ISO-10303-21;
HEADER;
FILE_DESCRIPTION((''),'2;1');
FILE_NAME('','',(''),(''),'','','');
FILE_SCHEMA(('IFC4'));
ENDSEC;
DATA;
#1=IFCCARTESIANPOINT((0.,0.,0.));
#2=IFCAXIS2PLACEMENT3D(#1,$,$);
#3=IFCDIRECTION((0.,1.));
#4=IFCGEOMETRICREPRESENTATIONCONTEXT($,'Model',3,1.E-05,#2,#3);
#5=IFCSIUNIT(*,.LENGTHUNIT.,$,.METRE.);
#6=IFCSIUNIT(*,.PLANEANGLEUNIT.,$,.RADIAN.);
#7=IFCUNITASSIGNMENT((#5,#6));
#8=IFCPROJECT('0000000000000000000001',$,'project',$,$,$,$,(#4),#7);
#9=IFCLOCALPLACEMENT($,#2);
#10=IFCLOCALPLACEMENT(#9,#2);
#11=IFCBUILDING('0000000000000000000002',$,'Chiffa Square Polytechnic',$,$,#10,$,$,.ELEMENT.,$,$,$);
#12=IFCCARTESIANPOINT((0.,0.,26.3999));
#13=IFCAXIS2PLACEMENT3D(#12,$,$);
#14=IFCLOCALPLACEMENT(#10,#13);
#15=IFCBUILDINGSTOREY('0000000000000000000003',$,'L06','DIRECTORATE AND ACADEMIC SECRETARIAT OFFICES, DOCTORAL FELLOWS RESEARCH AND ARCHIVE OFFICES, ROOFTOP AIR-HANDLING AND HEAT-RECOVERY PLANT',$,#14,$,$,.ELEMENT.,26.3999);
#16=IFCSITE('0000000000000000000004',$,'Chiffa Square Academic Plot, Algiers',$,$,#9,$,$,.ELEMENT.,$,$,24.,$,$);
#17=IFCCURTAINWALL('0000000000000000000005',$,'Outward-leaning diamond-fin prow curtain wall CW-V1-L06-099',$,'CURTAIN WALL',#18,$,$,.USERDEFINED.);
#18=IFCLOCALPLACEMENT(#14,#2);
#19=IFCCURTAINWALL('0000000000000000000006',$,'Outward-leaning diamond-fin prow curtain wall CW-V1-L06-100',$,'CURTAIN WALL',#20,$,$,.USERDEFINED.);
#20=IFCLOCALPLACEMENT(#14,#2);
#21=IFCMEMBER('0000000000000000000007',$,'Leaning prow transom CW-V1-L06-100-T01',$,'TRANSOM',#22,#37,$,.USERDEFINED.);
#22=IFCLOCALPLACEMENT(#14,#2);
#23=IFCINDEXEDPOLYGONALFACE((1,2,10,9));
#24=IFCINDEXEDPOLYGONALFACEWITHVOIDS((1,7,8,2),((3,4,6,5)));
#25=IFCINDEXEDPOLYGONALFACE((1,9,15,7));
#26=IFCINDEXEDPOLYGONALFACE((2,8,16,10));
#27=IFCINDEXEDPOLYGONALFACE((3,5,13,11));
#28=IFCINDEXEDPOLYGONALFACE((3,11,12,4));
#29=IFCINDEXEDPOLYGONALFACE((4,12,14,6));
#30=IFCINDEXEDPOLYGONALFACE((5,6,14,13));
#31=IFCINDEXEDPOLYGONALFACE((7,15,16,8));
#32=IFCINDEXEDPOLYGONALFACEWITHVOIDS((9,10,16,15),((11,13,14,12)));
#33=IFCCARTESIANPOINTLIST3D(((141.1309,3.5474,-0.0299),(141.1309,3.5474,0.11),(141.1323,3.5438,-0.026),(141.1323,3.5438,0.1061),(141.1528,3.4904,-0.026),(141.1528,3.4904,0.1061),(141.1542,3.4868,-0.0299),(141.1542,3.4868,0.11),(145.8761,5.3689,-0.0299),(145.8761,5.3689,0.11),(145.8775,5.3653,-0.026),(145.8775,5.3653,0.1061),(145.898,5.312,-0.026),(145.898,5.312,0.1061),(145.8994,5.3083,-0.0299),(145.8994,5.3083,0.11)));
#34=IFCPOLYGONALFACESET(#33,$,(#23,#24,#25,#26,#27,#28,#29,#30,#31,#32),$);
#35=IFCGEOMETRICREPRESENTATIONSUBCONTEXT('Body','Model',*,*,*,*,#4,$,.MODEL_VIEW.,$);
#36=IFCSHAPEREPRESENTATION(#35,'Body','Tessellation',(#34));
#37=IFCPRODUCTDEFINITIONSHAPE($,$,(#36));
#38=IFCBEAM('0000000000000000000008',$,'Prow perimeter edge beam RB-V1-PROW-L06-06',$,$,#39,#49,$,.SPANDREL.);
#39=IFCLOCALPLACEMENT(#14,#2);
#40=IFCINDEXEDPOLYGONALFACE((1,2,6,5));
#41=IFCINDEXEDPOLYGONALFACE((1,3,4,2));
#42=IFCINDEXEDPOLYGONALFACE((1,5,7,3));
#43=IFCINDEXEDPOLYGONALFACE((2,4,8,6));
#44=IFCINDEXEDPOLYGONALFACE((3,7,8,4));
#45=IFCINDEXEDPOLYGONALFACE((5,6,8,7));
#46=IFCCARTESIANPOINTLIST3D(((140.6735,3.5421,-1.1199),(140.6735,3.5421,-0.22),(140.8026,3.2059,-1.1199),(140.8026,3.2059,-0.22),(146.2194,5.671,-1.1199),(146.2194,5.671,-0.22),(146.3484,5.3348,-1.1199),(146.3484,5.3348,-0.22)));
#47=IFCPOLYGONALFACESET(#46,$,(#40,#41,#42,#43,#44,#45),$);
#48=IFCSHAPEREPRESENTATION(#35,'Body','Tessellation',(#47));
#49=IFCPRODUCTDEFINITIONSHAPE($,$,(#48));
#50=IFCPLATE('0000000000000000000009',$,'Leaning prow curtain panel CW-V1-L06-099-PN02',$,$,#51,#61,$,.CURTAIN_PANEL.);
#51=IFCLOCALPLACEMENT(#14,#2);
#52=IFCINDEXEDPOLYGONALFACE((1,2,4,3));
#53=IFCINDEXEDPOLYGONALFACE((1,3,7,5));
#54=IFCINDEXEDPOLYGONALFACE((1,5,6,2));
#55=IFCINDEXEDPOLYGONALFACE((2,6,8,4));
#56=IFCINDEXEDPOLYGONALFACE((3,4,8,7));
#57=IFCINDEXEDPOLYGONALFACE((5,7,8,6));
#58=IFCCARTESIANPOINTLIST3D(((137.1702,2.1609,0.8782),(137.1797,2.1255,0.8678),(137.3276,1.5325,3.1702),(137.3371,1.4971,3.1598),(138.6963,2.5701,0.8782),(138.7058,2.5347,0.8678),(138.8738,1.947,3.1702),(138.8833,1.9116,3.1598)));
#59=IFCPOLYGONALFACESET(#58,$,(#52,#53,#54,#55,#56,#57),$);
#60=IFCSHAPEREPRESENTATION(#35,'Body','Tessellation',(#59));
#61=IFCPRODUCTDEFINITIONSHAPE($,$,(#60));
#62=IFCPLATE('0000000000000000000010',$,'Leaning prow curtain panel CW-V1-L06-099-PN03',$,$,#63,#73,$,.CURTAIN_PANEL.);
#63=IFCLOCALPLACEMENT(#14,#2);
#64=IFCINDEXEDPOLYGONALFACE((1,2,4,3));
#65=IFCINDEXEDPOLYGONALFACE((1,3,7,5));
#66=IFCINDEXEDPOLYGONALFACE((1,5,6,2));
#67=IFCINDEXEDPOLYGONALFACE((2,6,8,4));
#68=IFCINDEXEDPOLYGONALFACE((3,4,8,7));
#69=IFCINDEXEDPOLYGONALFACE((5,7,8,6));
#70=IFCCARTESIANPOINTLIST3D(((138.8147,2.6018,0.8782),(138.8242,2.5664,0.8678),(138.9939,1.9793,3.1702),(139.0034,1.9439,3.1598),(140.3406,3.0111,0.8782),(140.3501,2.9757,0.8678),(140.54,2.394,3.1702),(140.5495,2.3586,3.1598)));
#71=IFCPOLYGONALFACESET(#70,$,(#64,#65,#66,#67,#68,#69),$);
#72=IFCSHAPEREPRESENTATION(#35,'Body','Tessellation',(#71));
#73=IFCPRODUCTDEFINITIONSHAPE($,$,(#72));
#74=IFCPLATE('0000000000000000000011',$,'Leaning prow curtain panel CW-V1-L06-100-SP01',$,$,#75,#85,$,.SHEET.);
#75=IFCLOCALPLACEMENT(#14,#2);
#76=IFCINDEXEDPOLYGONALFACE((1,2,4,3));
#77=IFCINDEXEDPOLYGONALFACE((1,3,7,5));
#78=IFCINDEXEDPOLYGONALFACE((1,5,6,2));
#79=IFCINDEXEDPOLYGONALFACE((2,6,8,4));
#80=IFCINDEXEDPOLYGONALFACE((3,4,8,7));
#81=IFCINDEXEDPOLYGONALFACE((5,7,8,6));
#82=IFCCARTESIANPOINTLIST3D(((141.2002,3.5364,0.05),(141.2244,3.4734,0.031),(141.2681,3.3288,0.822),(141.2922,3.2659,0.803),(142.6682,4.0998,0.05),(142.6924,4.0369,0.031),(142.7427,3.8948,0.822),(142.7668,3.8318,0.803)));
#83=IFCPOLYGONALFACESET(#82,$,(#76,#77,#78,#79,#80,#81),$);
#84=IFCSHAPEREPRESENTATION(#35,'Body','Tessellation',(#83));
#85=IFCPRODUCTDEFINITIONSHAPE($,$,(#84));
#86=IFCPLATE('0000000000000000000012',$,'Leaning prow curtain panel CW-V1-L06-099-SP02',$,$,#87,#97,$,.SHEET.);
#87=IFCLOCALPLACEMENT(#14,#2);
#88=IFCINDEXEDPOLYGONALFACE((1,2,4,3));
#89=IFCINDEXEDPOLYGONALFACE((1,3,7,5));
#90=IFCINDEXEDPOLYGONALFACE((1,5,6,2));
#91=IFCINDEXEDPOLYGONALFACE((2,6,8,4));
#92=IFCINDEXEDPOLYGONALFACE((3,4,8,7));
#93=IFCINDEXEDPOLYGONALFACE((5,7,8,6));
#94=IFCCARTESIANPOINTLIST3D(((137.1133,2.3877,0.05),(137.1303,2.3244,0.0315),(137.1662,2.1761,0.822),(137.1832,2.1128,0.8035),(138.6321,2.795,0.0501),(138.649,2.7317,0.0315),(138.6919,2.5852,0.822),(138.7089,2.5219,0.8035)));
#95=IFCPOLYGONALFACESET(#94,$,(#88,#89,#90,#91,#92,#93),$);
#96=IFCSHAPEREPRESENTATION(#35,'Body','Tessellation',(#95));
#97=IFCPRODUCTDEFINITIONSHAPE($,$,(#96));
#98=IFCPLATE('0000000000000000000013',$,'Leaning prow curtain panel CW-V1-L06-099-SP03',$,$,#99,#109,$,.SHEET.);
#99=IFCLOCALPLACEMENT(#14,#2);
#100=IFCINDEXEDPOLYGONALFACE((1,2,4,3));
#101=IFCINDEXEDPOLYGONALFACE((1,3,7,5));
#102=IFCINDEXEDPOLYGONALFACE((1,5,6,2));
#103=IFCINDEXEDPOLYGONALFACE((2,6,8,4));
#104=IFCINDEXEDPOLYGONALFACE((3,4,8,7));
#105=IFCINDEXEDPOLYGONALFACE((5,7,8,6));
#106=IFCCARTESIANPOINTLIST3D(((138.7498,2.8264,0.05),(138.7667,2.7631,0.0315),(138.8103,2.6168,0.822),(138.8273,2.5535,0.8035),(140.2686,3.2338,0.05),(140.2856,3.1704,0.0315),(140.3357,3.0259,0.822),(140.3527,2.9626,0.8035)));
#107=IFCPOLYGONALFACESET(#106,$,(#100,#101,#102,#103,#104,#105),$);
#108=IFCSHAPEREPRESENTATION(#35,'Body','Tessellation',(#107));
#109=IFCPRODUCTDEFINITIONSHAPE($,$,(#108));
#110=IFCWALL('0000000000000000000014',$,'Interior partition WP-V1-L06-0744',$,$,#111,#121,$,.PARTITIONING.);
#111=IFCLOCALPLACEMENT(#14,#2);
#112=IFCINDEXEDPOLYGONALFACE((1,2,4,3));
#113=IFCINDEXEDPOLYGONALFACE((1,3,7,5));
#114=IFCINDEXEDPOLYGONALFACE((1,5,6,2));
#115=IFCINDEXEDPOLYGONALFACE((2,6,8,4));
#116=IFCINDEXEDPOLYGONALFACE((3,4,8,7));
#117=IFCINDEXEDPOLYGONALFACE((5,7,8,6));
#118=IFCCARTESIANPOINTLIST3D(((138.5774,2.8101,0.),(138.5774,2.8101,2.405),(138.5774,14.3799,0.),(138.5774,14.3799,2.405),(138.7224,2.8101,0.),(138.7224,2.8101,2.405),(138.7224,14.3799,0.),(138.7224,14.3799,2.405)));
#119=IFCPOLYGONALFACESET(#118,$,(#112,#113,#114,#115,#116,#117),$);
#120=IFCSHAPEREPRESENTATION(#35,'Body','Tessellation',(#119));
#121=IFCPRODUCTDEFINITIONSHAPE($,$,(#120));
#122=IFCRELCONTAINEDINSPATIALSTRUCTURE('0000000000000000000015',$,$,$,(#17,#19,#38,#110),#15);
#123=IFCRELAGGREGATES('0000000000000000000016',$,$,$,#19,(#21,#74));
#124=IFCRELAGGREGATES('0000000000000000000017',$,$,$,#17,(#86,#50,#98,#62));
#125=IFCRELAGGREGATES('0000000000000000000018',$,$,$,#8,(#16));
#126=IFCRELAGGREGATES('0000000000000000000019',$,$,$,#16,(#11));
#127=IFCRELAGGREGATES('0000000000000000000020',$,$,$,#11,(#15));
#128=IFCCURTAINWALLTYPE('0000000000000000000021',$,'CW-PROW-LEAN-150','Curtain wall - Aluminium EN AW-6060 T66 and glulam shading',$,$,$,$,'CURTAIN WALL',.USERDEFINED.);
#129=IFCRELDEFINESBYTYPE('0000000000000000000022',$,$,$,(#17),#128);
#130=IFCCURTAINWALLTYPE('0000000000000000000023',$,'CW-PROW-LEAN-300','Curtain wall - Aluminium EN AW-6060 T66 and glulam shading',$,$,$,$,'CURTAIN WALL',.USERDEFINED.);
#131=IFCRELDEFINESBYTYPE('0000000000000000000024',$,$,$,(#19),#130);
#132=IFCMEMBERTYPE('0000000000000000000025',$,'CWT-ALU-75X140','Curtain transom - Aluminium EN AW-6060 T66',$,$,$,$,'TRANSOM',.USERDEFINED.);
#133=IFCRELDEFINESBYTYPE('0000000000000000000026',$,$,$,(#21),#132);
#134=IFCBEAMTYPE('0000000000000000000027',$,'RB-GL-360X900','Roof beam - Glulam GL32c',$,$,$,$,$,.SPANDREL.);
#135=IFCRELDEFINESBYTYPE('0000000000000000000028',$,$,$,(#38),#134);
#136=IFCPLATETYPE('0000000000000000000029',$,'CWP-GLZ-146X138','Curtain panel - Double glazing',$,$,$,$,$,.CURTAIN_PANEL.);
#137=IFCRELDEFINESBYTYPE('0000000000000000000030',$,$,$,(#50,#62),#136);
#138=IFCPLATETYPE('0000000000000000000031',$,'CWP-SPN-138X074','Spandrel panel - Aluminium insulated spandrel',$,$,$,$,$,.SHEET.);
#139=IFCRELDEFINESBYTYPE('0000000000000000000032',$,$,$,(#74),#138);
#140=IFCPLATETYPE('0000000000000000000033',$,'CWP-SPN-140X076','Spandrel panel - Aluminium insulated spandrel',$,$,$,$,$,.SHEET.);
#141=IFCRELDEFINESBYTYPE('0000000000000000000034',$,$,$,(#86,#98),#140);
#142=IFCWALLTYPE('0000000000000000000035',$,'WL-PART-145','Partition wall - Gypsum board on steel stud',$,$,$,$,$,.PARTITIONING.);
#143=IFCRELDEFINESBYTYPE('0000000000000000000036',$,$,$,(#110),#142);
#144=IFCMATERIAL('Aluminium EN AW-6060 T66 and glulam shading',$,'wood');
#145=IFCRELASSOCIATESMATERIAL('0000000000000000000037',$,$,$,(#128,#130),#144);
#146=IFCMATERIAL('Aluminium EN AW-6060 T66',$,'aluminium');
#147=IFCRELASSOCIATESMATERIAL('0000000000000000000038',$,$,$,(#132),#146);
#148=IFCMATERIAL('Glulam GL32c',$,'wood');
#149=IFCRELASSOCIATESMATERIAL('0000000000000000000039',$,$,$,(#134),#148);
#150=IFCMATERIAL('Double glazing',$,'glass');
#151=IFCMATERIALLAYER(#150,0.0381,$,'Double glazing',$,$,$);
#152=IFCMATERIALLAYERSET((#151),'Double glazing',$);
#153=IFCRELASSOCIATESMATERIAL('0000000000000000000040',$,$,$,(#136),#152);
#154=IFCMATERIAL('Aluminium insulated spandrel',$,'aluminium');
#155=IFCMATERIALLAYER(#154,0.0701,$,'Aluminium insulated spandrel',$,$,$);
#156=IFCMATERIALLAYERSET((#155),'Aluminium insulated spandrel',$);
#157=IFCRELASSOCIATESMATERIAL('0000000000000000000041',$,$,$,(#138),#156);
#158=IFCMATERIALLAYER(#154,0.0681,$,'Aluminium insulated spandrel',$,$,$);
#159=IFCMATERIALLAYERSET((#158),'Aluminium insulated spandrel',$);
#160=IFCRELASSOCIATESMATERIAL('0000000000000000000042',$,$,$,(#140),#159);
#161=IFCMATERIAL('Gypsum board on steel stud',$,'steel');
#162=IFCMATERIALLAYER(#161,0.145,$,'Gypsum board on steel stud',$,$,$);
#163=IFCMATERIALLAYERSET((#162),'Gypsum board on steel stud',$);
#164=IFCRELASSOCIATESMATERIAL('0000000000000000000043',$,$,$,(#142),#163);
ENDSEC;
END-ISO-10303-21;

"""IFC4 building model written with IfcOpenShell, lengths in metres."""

from ifc_helpers import new_model, si_unit, direction, frame, frame_2d, origin, origin_2d, place, context, subcontext, project, spatial, polyline, rectangle, hollow_rectangle, outline, extrude, material, layer, layer_set, material_profile, profile_set, type_object, element, aggregate, save


model = new_model("IFC4")

# Units and contexts
model_context = context("Model", 3, precision=1e-05, world=origin(), true_north=direction((0.0, 1.0)))
body_context = subcontext(model_context, "Body", "Model", "MODEL_VIEW")
ifc_project = project(units=[si_unit("LENGTHUNIT", "METRE"), si_unit("PLANEANGLEUNIT", "RADIAN")], contexts=[model_context])

# Site, building, storey
site_placement = place(None, origin())
site = spatial("IfcSite", under=ifc_project, at=site_placement, Name="Chiffa Square Academic Plot, Algiers", CompositionType="ELEMENT", RefElevation=24.0)
building_placement = place(site_placement, origin())
building = spatial("IfcBuilding", under=site, at=building_placement, Name="Chiffa Square Polytechnic", CompositionType="ELEMENT")
storey_placement = place(building_placement, frame((0.0, 0.0, 26.3999)))
storey = spatial("IfcBuildingStorey", under=building, at=storey_placement, Name="L06", Description="DIRECTORATE AND ACADEMIC SECRETARIAT OFFICES, DOCTORAL FELLOWS RESEARCH AND ARCHIVE OFFICES, ROOFTOP AIR-HANDLING AND HEAT-RECOVERY PLANT", CompositionType="ELEMENT", Elevation=26.3999)

# Shared definitions
ifc_material_1 = material(Name="Glulam GL32c", Category="wood")

# Curtain wall
ifc_material_2 = material(Name="Aluminium EN AW-6060 T66 and glulam shading", Category="wood")
curtain_wall_type_1 = type_object("IfcCurtainWallType", Name="CW-PROW-LEAN-150", Description="Curtain wall - Aluminium EN AW-6060 T66 and glulam shading", ElementType="CURTAIN WALL", PredefinedType="USERDEFINED", material=ifc_material_2)
curtain_wall_1_placement = place(storey_placement, origin())
curtain_wall_1 = element("IfcCurtainWall", 1, at=curtain_wall_1_placement, inside=storey, type_object=curtain_wall_type_1, Name="Outward-leaning diamond-fin prow curtain wall CW-V1-L06-099", ObjectType="CURTAIN WALL", PredefinedType="USERDEFINED")
ifc_material_3 = material(Name="Aluminium EN AW-6060 T66", Category="aluminium")

# Curtain wall
curtain_wall_type_2 = type_object("IfcCurtainWallType", Name="CW-PROW-LEAN-300", Description="Curtain wall - Aluminium EN AW-6060 T66 and glulam shading", ElementType="CURTAIN WALL", PredefinedType="USERDEFINED", material=ifc_material_2)
curtain_wall_2_placement = place(storey_placement, origin())
curtain_wall_2 = element("IfcCurtainWall", 2, at=curtain_wall_2_placement, inside=storey, type_object=curtain_wall_type_2, Name="Outward-leaning diamond-fin prow curtain wall CW-V1-L06-100", ObjectType="CURTAIN WALL", PredefinedType="USERDEFINED")

# Member
ifc_material_profile_1 = material_profile(ifc_material_3, hollow_rectangle(XDim=0.0649, YDim=0.1399, WallThickness=0.0039, at=origin_2d()), Name="ALU 65x140x4")
ifc_profile_set_1 = profile_set([ifc_material_profile_1], Name="Aluminium EN AW-6060 T66")
member_type_1 = type_object("IfcMemberType", Name="CWT-ALU-75X140", Description="Curtain transom - Aluminium EN AW-6060 T66", ElementType="TRANSOM", PredefinedType="USERDEFINED", material=ifc_profile_set_1)
member_1_placement = place(storey_placement, frame((141.1426, 3.5171, 0.04), z_axis=(0.933577, 0.358377, 0.0), x_axis=(-0.358377, 0.933577, 0.0)))
member_1 = element("IfcMember", 3, at=member_1_placement, type_object=member_type_1, Name="Leaning prow transom CW-V1-L06-100-T01", ObjectType="TRANSOM", PredefinedType="USERDEFINED", context=body_context, shape_type="SweptSolid", body=[
    extrude(hollow_rectangle(XDim=0.0649, YDim=0.1399, WallThickness=0.0039, at=origin_2d()), origin(), (0.0, 0.0, 1.0), 5.0828),
])

# Beam
ifc_material_profile_2 = material_profile(ifc_material_1, rectangle(XDim=0.3601, YDim=0.8999, at=origin_2d()), Name="GL32c 360x900")
ifc_profile_set_2 = profile_set([ifc_material_profile_2], Name="Glulam GL32c")
beam_type = type_object("IfcBeamType", Name="RB-GL-360X900", Description="Roof beam - Glulam GL32c", PredefinedType="SPANDREL", material=ifc_profile_set_2)
beam_placement = place(storey_placement, frame((140.738, 3.374, -0.6699), z_axis=(0.933578, 0.358373, 0.0), x_axis=(-0.358373, 0.933578, 0.0)))
element("IfcBeam", 4, at=beam_placement, inside=storey, type_object=beam_type, Name="Prow perimeter edge beam RB-V1-PROW-L06-06", PredefinedType="SPANDREL", context=body_context, shape_type="SweptSolid", body=[
    extrude(rectangle(XDim=0.3601, YDim=0.8999, at=origin_2d()), origin(), (0.0, 0.0, 1.0), 5.9404),
])

# Plates
ifc_material_4 = material(Name="Double glazing", Category="glass")
ifc_layer_1 = layer(ifc_material_4, 0.0381, Name="Double glazing")
ifc_layer_set_1 = layer_set([ifc_layer_1], Name="Double glazing")
plate_type_1 = type_object("IfcPlateType", Name="CWP-GLZ-146X138", Description="Curtain panel - Double glazing", PredefinedType="CURTAIN_PANEL", material=ifc_layer_set_1)
plate_1_placement = place(storey_placement, frame((137.1702, 2.1609, 0.8782), z_axis=(-0.24921, 0.929478, 0.271965), x_axis=(0.965885, 0.258971, 0.0)))
plate_1 = element("IfcPlate", 5, at=plate_1_placement, type_object=plate_type_1, Name="Leaning prow curtain panel CW-V1-L06-099-PN02", PredefinedType="CURTAIN_PANEL", context=body_context, shape_type="SweptSolid", body=[
    extrude(outline(polyline([(0.0, 0.0), (1.58, 0.0), (1.5901, -2.3818), (-0.0106, -2.3818), (0.0, 0.0)])), origin(), (0.0, 0.0, -1.0), 0.0381),
])
plate_2_placement = place(storey_placement, frame((138.8147, 2.6018, 0.8782), z_axis=(-0.249301, 0.929467, 0.27192), x_axis=(0.965862, 0.259058, 0.000014)))
plate_2 = element("IfcPlate", 6, at=plate_2_placement, type_object=plate_type_1, Name="Leaning prow curtain panel CW-V1-L06-099-PN03", PredefinedType="CURTAIN_PANEL", context=body_context, shape_type="SweptSolid", body=[
    extrude(outline(polyline([(0.0, 0.0), (1.5798, 0.0), (1.6127, -2.3817), (0.0118, -2.3818), (0.0, 0.0)])), origin(), (0.0, 0.0, -1.0), 0.0381),
])
ifc_material_5 = material(Name="Aluminium insulated spandrel", Category="aluminium")
ifc_layer_2 = layer(ifc_material_5, 0.0701, Name="Aluminium insulated spandrel")
ifc_layer_set_2 = layer_set([ifc_layer_2], Name="Aluminium insulated spandrel")
plate_type_2 = type_object("IfcPlateType", Name="CWP-SPN-138X074", Description="Spandrel panel - Aluminium insulated spandrel", PredefinedType="SHEET", material=ifc_layer_set_2)
plate_3_placement = place(storey_placement, frame((141.2002, 3.5364, 0.05), z_axis=(-0.344822, 0.898431, 0.271882), x_axis=(0.933598, 0.358322, -0.000007)))
plate_3 = element("IfcPlate", 7, at=plate_3_placement, type_object=plate_type_2, Name="Leaning prow curtain panel CW-V1-L06-100-SP01", PredefinedType="SHEET", context=body_context, shape_type="SweptSolid", body=[
    extrude(outline(polyline([(0.0, 0.0), (1.5724, 0.0), (1.5685, -0.8022), (-0.011, -0.8022), (0.0, 0.0)])), origin(), (0.0, 0.0, -1.0), 0.0701),
])
aggregate(curtain_wall_2, [member_1, plate_3])
ifc_layer_3 = layer(ifc_material_5, 0.0681, Name="Aluminium insulated spandrel")
ifc_layer_set_3 = layer_set([ifc_layer_3], Name="Aluminium insulated spandrel")
plate_type_3 = type_object("IfcPlateType", Name="CWP-SPN-140X076", Description="Spandrel panel - Aluminium insulated spandrel", PredefinedType="SHEET", material=ifc_layer_set_3)
plate_4_placement = place(storey_placement, frame((137.1133, 2.3877, 0.05), z_axis=(-0.249255, 0.929487, 0.271893), x_axis=(0.965875, 0.25901, 0.00001)))
plate_4 = element("IfcPlate", 8, at=plate_4_placement, type_object=plate_type_3, Name="Leaning prow curtain panel CW-V1-L06-099-SP02", PredefinedType="SHEET", context=body_context, shape_type="SweptSolid", body=[
    extrude(outline(polyline([(0.0, 0.0), (1.5724, 0.0), (1.5759, -0.8022), (-0.0036, -0.8022), (0.0, 0.0)])), origin(), (0.0, 0.0, -1.0), 0.0681),
])
plate_5_placement = place(storey_placement, frame((138.7498, 2.8264, 0.05), z_axis=(-0.24927, 0.929469, 0.271942), x_axis=(0.965867, 0.259038, -0.000024)))
plate_5 = element("IfcPlate", 9, at=plate_5_placement, type_object=plate_type_3, Name="Leaning prow curtain panel CW-V1-L06-099-SP03", PredefinedType="SHEET", context=body_context, shape_type="SweptSolid", body=[
    extrude(outline(polyline([(0.0, 0.0), (1.5725, 0.0), (1.5835, -0.8022), (0.0042, -0.8022), (0.0, 0.0)])), origin(), (0.0, 0.0, -1.0), 0.0681),
])
aggregate(curtain_wall_1, [plate_4, plate_1, plate_5, plate_2])

# Wall
ifc_material_6 = material(Name="Gypsum board on steel stud", Category="steel")
ifc_layer_4 = layer(ifc_material_6, 0.145, Name="Gypsum board on steel stud")
ifc_layer_set_4 = layer_set([ifc_layer_4], Name="Gypsum board on steel stud")
wall_type = type_object("IfcWallType", Name="WL-PART-145", Description="Partition wall - Gypsum board on steel stud", PredefinedType="PARTITIONING", material=ifc_layer_set_4)
wall_placement = place(storey_placement, frame((138.6499, 2.8101, 0.0), z_axis=(0.0, 0.0, 1.0), x_axis=(0.0, 1.0, 0.0)))
element("IfcWall", 10, at=wall_placement, inside=storey, type_object=wall_type, Name="Interior partition WP-V1-L06-0744", PredefinedType="PARTITIONING", context=body_context, shape_type="SweptSolid", body=[
    extrude(rectangle(XDim=11.5698, YDim=0.145, at=frame_2d((5.7849, 0.0))), origin(), (0.0, 0.0, 1.0), 2.405),
])

save(model, "model.ifc")
